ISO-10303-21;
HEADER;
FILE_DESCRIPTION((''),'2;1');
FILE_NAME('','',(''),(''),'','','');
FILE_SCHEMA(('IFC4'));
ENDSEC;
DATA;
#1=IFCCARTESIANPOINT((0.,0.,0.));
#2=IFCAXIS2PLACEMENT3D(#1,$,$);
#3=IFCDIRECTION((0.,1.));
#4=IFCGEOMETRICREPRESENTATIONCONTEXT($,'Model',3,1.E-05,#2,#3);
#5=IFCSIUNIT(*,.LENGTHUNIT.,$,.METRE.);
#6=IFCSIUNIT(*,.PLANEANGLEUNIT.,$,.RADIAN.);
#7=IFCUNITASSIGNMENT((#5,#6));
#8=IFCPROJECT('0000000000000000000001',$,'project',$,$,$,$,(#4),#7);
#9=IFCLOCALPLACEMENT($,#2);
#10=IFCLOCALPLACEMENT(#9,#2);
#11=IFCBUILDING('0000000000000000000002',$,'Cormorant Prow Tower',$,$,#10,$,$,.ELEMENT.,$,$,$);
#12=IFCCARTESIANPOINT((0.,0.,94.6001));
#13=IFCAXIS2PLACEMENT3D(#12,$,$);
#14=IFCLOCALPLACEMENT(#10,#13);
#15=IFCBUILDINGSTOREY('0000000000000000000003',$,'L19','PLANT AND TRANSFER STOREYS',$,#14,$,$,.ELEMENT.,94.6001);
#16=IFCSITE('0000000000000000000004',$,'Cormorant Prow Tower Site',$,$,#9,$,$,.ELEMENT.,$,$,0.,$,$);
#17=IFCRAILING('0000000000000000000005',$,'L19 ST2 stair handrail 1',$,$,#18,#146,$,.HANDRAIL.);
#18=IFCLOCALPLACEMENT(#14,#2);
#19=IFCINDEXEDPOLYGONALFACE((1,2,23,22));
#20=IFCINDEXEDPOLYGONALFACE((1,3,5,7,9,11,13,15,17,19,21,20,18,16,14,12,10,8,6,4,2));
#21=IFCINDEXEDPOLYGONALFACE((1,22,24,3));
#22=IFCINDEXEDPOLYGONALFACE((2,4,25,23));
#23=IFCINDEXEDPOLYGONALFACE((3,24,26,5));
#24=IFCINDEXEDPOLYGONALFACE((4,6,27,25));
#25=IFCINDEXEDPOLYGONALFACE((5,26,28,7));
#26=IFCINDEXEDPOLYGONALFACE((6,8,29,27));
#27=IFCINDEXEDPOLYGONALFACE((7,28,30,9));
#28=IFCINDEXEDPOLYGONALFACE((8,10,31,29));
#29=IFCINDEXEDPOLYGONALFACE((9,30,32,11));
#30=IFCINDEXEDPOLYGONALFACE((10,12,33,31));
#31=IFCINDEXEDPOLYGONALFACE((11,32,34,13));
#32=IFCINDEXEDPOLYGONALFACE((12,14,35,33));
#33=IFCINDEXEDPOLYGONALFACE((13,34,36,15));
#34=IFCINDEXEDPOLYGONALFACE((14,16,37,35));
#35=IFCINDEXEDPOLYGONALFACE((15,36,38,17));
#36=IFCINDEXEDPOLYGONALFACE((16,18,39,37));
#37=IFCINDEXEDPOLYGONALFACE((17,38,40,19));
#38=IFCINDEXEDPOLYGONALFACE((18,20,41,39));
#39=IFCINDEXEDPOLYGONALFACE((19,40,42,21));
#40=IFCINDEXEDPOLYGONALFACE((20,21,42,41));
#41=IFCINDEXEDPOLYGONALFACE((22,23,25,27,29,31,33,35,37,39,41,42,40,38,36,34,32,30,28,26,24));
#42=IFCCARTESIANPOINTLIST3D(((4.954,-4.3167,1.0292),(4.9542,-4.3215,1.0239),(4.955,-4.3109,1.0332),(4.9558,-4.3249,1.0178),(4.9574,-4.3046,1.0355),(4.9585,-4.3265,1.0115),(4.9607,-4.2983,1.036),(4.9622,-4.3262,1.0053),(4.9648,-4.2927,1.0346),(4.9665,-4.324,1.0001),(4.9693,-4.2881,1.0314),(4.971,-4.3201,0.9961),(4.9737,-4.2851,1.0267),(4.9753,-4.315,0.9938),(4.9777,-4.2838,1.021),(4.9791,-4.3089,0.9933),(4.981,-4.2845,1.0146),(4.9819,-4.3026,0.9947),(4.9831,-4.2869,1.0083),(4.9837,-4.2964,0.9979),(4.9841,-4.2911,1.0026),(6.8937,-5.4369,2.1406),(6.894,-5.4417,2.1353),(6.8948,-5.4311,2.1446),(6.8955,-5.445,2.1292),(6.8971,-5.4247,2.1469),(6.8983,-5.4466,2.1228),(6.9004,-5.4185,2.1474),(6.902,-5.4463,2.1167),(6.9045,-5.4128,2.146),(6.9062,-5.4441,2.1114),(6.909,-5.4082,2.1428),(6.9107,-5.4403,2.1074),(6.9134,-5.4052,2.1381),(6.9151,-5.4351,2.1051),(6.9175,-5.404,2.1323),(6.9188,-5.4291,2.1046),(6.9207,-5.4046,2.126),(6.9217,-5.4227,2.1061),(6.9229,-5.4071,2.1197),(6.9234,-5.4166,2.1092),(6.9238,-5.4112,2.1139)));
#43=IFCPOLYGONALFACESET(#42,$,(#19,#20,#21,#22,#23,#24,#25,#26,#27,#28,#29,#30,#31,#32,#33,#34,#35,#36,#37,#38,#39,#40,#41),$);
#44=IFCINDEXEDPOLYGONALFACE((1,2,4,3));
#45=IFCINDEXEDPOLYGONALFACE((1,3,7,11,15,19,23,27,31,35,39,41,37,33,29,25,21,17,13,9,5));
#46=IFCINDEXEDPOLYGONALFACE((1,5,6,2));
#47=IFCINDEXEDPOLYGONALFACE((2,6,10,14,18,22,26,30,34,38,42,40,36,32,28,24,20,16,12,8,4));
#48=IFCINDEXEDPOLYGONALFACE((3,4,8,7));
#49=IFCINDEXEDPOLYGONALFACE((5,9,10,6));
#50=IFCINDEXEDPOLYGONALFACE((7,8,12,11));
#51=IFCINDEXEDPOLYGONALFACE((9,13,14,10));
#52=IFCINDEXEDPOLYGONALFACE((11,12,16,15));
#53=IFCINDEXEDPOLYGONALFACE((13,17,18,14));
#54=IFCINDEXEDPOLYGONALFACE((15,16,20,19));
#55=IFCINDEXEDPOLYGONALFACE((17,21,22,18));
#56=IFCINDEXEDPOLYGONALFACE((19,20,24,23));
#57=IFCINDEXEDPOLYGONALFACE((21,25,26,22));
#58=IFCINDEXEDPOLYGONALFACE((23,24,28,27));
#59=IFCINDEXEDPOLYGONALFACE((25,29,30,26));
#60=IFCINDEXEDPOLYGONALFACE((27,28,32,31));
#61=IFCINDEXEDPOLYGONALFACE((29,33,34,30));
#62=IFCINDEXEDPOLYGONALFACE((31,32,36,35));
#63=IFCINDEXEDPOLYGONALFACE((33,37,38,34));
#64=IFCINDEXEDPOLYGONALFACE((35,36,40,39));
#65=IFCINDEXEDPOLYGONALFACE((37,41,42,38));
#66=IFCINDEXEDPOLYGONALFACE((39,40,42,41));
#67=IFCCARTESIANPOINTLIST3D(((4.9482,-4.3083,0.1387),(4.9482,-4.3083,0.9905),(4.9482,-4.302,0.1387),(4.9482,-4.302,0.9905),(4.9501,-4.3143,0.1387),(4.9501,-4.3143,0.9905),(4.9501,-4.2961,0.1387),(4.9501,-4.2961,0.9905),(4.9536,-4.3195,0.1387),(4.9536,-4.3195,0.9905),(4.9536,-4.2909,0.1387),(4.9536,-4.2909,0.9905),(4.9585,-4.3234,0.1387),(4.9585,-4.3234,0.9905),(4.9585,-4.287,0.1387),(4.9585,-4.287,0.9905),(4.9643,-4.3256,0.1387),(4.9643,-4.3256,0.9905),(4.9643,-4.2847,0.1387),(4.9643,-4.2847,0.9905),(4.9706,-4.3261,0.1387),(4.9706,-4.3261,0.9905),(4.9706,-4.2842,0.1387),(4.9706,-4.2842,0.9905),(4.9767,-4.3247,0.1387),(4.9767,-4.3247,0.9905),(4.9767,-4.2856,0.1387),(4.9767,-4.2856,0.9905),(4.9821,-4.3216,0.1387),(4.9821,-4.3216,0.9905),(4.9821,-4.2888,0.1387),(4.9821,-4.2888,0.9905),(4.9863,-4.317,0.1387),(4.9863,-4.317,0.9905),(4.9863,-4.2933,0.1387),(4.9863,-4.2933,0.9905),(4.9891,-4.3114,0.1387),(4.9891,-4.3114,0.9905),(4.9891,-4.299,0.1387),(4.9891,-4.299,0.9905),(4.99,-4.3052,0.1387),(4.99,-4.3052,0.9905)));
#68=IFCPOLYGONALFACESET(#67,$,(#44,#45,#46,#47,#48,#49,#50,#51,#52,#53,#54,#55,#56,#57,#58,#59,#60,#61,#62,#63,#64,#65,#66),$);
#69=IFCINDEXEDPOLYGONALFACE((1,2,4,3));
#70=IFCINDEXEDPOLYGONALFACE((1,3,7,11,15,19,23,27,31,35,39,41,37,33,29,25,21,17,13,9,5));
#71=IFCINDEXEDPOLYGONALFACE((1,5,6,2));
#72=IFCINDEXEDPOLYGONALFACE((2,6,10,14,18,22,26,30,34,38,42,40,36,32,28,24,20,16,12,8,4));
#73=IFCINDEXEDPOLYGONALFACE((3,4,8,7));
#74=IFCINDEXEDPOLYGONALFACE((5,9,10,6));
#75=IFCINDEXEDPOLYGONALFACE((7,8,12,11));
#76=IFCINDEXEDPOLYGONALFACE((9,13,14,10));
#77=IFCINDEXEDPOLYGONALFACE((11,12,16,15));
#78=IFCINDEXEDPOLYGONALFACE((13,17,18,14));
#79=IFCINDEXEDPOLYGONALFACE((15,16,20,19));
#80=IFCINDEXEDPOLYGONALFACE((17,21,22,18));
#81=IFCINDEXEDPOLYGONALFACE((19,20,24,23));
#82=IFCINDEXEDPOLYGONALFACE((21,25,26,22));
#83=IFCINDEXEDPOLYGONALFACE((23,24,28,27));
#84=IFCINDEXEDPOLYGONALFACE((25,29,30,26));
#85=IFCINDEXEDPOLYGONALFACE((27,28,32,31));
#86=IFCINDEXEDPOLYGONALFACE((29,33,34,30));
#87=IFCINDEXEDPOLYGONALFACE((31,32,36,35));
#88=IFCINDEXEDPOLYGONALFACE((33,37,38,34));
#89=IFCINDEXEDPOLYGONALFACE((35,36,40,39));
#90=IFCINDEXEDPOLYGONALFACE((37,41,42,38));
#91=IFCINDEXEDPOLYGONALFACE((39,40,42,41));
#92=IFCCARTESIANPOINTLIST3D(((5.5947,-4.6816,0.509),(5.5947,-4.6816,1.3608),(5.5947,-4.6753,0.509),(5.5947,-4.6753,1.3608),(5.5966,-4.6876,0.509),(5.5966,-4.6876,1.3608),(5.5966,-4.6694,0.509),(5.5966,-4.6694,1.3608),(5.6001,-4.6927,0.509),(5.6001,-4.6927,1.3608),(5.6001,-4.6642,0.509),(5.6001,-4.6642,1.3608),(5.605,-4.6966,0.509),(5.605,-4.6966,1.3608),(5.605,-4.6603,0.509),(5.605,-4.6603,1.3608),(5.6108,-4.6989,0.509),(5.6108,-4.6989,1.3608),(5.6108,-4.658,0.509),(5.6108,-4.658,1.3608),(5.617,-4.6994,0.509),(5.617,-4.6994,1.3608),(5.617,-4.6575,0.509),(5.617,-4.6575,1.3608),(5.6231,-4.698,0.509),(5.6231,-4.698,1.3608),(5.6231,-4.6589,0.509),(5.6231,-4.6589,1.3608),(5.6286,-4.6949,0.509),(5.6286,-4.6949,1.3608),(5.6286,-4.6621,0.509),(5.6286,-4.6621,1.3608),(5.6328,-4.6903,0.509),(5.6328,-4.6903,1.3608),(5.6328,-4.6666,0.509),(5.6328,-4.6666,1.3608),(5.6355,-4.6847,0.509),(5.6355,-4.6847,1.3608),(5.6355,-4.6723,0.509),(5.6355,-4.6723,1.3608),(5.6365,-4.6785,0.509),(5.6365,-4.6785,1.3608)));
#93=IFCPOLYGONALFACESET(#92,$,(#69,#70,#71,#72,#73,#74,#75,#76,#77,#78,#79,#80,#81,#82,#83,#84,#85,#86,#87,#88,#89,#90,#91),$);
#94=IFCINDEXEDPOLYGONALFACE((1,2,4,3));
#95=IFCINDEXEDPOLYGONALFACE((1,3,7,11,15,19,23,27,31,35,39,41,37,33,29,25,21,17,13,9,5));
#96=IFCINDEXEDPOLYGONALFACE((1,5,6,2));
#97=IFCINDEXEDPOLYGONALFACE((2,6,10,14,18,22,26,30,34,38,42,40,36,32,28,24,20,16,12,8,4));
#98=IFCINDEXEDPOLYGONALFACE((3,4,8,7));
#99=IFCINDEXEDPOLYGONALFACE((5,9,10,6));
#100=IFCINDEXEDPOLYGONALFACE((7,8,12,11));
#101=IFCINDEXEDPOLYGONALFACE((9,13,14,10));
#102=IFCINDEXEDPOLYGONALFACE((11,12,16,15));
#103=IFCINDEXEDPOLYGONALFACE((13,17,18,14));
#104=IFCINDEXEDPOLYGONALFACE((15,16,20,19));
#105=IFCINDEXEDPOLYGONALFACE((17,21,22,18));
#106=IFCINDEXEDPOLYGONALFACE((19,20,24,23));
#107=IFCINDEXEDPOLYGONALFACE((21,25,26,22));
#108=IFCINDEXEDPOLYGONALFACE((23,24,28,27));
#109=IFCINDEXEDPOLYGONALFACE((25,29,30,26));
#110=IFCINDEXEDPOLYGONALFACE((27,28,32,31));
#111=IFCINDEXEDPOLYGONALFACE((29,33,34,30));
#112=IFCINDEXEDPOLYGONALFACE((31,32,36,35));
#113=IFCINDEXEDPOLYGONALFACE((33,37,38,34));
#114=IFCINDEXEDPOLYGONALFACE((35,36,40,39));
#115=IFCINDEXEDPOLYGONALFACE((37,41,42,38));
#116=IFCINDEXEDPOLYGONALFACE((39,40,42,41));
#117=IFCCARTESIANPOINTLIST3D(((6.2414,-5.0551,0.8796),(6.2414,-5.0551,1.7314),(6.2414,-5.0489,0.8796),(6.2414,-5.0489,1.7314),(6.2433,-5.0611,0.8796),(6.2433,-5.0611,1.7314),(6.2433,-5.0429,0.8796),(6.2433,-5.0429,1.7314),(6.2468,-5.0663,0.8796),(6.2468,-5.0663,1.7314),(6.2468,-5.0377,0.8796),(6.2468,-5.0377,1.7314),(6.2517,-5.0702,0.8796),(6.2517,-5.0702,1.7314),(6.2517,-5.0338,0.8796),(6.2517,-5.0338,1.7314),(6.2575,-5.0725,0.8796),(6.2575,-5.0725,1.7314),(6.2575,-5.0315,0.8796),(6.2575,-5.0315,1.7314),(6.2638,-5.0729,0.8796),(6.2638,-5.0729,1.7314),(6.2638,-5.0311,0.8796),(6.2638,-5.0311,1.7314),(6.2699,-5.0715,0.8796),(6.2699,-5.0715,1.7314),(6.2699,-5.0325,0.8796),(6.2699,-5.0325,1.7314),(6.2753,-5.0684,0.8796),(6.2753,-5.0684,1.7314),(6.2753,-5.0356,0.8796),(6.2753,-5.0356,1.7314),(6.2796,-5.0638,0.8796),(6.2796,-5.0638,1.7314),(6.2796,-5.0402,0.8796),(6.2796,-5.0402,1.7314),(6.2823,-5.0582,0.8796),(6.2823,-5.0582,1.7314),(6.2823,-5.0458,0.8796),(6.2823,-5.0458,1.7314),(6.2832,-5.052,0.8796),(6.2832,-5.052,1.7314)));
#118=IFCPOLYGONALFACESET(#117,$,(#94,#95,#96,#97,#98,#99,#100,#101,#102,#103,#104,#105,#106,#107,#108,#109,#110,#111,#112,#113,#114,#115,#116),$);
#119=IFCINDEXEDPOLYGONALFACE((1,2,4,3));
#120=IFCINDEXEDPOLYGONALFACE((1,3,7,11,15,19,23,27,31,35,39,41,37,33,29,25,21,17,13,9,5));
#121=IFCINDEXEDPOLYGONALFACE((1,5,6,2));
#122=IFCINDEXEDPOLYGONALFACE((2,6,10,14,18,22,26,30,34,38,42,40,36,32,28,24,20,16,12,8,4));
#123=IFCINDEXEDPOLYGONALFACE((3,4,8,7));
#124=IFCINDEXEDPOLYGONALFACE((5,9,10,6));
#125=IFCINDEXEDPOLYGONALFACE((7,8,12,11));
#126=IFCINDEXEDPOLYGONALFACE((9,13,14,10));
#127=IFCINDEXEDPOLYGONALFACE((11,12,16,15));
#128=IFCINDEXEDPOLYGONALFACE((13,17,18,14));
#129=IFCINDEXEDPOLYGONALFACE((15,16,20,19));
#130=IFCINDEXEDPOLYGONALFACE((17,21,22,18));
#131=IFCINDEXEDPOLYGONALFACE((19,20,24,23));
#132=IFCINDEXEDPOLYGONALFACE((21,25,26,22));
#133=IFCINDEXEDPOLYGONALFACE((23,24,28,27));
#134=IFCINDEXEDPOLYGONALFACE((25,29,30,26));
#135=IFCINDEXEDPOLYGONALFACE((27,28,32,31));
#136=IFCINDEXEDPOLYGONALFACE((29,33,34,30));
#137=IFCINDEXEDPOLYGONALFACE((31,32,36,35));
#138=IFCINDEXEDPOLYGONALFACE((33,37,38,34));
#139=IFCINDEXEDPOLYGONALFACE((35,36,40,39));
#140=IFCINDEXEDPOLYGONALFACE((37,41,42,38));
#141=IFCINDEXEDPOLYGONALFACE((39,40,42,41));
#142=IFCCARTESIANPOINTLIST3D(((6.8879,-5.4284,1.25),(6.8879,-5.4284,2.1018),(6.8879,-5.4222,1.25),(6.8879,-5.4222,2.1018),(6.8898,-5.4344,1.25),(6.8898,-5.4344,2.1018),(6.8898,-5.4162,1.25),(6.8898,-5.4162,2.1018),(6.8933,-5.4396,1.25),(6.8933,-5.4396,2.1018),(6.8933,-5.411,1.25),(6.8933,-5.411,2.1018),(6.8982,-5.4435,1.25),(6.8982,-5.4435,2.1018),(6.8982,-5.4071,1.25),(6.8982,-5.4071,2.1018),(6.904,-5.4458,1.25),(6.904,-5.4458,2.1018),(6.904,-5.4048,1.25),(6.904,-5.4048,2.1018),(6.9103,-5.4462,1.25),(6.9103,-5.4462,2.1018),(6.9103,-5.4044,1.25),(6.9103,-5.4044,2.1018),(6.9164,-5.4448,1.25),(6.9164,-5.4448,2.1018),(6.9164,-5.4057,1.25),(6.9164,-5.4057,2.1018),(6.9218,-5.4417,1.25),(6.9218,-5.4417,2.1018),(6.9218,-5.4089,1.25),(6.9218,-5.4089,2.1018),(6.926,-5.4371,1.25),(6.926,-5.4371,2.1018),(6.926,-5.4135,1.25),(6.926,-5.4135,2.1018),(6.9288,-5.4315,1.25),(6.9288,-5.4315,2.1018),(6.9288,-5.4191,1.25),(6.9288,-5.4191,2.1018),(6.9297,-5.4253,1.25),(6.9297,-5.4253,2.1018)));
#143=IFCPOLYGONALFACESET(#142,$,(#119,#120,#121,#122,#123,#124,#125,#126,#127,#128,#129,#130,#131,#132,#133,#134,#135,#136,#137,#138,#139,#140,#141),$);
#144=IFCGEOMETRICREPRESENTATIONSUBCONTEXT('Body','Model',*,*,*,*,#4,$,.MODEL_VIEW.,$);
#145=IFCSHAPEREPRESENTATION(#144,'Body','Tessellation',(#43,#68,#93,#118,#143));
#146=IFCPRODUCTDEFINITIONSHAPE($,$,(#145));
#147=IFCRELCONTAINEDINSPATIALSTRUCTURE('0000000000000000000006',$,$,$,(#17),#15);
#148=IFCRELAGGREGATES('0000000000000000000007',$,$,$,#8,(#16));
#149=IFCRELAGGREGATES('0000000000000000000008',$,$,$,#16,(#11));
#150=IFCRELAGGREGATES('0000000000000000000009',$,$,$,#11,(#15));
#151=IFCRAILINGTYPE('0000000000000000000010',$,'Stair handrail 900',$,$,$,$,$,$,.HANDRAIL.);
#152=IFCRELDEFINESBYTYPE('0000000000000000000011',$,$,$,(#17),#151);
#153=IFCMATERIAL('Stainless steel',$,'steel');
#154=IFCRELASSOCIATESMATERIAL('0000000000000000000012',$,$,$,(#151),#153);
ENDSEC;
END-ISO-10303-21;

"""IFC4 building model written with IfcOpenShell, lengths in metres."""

from ifc_helpers import new_model, si_unit, direction, frame, origin, origin_2d, place, context, subcontext, project, spatial, circle, extrude, material, type_object, element, save


model = new_model("IFC4")

# Units and contexts
model_context = context("Model", 3, precision=1e-05, world=origin(), true_north=direction((0.0, 1.0)))
body_context = subcontext(model_context, "Body", "Model", "MODEL_VIEW")
ifc_project = project(units=[si_unit("LENGTHUNIT", "METRE"), si_unit("PLANEANGLEUNIT", "RADIAN")], contexts=[model_context])

# Site, building, storey
site_placement = place(None, origin())
site = spatial("IfcSite", under=ifc_project, at=site_placement, Name="Cormorant Prow Tower Site", CompositionType="ELEMENT", RefElevation=0.0)
building_placement = place(site_placement, origin())
building = spatial("IfcBuilding", under=site, at=building_placement, Name="Cormorant Prow Tower", CompositionType="ELEMENT")
storey_placement = place(building_placement, frame((0.0, 0.0, 94.6001)))
storey = spatial("IfcBuildingStorey", under=building, at=storey_placement, Name="L19", Description="PLANT AND TRANSFER STOREYS", CompositionType="ELEMENT", Elevation=94.6001)

# Railing
ifc_material_1 = material(Name="Stainless steel", Category="steel")
railing_type_1 = type_object("IfcRailingType", Name="Stair handrail 900", PredefinedType="HANDRAIL", material=ifc_material_1)
for number, where, name in (
    (1, (4.969, -4.3052, 0.1387), "L19 ST2 stair handrail 1"),
):
    element("IfcRailing", number, at=place(storey_placement, frame(where)), inside=storey, type_object=railing_type_1, Name=name, PredefinedType="HANDRAIL", context=body_context, shape_type="SweptSolid", body=[
        extrude(circle(Radius=0.0239, at=origin_2d()), frame((0.0, 0.0, 0.876), z_axis=(0.775746, -0.44797, 0.444455), x_axis=(0.500078, 0.86598, 0.0)), (0.0, 0.0, 1.0), 2.5005),
        extrude(circle(Radius=0.021, at=origin_2d()), origin(), (0.0, 0.0, 1.0), 0.8518),
        extrude(circle(Radius=0.021, at=origin_2d()), frame((0.6465, -0.3733, 0.3704)), (0.0, 0.0, 1.0), 0.8518),
        extrude(circle(Radius=0.021, at=origin_2d()), frame((1.2932, -0.7468, 0.741)), (0.0, 0.0, 1.0), 0.8518),
        extrude(circle(Radius=0.021, at=origin_2d()), frame((1.9397, -1.1201, 1.1113)), (0.0, 0.0, 1.0), 0.8518),
    ])

save(model, "model.ifc")
